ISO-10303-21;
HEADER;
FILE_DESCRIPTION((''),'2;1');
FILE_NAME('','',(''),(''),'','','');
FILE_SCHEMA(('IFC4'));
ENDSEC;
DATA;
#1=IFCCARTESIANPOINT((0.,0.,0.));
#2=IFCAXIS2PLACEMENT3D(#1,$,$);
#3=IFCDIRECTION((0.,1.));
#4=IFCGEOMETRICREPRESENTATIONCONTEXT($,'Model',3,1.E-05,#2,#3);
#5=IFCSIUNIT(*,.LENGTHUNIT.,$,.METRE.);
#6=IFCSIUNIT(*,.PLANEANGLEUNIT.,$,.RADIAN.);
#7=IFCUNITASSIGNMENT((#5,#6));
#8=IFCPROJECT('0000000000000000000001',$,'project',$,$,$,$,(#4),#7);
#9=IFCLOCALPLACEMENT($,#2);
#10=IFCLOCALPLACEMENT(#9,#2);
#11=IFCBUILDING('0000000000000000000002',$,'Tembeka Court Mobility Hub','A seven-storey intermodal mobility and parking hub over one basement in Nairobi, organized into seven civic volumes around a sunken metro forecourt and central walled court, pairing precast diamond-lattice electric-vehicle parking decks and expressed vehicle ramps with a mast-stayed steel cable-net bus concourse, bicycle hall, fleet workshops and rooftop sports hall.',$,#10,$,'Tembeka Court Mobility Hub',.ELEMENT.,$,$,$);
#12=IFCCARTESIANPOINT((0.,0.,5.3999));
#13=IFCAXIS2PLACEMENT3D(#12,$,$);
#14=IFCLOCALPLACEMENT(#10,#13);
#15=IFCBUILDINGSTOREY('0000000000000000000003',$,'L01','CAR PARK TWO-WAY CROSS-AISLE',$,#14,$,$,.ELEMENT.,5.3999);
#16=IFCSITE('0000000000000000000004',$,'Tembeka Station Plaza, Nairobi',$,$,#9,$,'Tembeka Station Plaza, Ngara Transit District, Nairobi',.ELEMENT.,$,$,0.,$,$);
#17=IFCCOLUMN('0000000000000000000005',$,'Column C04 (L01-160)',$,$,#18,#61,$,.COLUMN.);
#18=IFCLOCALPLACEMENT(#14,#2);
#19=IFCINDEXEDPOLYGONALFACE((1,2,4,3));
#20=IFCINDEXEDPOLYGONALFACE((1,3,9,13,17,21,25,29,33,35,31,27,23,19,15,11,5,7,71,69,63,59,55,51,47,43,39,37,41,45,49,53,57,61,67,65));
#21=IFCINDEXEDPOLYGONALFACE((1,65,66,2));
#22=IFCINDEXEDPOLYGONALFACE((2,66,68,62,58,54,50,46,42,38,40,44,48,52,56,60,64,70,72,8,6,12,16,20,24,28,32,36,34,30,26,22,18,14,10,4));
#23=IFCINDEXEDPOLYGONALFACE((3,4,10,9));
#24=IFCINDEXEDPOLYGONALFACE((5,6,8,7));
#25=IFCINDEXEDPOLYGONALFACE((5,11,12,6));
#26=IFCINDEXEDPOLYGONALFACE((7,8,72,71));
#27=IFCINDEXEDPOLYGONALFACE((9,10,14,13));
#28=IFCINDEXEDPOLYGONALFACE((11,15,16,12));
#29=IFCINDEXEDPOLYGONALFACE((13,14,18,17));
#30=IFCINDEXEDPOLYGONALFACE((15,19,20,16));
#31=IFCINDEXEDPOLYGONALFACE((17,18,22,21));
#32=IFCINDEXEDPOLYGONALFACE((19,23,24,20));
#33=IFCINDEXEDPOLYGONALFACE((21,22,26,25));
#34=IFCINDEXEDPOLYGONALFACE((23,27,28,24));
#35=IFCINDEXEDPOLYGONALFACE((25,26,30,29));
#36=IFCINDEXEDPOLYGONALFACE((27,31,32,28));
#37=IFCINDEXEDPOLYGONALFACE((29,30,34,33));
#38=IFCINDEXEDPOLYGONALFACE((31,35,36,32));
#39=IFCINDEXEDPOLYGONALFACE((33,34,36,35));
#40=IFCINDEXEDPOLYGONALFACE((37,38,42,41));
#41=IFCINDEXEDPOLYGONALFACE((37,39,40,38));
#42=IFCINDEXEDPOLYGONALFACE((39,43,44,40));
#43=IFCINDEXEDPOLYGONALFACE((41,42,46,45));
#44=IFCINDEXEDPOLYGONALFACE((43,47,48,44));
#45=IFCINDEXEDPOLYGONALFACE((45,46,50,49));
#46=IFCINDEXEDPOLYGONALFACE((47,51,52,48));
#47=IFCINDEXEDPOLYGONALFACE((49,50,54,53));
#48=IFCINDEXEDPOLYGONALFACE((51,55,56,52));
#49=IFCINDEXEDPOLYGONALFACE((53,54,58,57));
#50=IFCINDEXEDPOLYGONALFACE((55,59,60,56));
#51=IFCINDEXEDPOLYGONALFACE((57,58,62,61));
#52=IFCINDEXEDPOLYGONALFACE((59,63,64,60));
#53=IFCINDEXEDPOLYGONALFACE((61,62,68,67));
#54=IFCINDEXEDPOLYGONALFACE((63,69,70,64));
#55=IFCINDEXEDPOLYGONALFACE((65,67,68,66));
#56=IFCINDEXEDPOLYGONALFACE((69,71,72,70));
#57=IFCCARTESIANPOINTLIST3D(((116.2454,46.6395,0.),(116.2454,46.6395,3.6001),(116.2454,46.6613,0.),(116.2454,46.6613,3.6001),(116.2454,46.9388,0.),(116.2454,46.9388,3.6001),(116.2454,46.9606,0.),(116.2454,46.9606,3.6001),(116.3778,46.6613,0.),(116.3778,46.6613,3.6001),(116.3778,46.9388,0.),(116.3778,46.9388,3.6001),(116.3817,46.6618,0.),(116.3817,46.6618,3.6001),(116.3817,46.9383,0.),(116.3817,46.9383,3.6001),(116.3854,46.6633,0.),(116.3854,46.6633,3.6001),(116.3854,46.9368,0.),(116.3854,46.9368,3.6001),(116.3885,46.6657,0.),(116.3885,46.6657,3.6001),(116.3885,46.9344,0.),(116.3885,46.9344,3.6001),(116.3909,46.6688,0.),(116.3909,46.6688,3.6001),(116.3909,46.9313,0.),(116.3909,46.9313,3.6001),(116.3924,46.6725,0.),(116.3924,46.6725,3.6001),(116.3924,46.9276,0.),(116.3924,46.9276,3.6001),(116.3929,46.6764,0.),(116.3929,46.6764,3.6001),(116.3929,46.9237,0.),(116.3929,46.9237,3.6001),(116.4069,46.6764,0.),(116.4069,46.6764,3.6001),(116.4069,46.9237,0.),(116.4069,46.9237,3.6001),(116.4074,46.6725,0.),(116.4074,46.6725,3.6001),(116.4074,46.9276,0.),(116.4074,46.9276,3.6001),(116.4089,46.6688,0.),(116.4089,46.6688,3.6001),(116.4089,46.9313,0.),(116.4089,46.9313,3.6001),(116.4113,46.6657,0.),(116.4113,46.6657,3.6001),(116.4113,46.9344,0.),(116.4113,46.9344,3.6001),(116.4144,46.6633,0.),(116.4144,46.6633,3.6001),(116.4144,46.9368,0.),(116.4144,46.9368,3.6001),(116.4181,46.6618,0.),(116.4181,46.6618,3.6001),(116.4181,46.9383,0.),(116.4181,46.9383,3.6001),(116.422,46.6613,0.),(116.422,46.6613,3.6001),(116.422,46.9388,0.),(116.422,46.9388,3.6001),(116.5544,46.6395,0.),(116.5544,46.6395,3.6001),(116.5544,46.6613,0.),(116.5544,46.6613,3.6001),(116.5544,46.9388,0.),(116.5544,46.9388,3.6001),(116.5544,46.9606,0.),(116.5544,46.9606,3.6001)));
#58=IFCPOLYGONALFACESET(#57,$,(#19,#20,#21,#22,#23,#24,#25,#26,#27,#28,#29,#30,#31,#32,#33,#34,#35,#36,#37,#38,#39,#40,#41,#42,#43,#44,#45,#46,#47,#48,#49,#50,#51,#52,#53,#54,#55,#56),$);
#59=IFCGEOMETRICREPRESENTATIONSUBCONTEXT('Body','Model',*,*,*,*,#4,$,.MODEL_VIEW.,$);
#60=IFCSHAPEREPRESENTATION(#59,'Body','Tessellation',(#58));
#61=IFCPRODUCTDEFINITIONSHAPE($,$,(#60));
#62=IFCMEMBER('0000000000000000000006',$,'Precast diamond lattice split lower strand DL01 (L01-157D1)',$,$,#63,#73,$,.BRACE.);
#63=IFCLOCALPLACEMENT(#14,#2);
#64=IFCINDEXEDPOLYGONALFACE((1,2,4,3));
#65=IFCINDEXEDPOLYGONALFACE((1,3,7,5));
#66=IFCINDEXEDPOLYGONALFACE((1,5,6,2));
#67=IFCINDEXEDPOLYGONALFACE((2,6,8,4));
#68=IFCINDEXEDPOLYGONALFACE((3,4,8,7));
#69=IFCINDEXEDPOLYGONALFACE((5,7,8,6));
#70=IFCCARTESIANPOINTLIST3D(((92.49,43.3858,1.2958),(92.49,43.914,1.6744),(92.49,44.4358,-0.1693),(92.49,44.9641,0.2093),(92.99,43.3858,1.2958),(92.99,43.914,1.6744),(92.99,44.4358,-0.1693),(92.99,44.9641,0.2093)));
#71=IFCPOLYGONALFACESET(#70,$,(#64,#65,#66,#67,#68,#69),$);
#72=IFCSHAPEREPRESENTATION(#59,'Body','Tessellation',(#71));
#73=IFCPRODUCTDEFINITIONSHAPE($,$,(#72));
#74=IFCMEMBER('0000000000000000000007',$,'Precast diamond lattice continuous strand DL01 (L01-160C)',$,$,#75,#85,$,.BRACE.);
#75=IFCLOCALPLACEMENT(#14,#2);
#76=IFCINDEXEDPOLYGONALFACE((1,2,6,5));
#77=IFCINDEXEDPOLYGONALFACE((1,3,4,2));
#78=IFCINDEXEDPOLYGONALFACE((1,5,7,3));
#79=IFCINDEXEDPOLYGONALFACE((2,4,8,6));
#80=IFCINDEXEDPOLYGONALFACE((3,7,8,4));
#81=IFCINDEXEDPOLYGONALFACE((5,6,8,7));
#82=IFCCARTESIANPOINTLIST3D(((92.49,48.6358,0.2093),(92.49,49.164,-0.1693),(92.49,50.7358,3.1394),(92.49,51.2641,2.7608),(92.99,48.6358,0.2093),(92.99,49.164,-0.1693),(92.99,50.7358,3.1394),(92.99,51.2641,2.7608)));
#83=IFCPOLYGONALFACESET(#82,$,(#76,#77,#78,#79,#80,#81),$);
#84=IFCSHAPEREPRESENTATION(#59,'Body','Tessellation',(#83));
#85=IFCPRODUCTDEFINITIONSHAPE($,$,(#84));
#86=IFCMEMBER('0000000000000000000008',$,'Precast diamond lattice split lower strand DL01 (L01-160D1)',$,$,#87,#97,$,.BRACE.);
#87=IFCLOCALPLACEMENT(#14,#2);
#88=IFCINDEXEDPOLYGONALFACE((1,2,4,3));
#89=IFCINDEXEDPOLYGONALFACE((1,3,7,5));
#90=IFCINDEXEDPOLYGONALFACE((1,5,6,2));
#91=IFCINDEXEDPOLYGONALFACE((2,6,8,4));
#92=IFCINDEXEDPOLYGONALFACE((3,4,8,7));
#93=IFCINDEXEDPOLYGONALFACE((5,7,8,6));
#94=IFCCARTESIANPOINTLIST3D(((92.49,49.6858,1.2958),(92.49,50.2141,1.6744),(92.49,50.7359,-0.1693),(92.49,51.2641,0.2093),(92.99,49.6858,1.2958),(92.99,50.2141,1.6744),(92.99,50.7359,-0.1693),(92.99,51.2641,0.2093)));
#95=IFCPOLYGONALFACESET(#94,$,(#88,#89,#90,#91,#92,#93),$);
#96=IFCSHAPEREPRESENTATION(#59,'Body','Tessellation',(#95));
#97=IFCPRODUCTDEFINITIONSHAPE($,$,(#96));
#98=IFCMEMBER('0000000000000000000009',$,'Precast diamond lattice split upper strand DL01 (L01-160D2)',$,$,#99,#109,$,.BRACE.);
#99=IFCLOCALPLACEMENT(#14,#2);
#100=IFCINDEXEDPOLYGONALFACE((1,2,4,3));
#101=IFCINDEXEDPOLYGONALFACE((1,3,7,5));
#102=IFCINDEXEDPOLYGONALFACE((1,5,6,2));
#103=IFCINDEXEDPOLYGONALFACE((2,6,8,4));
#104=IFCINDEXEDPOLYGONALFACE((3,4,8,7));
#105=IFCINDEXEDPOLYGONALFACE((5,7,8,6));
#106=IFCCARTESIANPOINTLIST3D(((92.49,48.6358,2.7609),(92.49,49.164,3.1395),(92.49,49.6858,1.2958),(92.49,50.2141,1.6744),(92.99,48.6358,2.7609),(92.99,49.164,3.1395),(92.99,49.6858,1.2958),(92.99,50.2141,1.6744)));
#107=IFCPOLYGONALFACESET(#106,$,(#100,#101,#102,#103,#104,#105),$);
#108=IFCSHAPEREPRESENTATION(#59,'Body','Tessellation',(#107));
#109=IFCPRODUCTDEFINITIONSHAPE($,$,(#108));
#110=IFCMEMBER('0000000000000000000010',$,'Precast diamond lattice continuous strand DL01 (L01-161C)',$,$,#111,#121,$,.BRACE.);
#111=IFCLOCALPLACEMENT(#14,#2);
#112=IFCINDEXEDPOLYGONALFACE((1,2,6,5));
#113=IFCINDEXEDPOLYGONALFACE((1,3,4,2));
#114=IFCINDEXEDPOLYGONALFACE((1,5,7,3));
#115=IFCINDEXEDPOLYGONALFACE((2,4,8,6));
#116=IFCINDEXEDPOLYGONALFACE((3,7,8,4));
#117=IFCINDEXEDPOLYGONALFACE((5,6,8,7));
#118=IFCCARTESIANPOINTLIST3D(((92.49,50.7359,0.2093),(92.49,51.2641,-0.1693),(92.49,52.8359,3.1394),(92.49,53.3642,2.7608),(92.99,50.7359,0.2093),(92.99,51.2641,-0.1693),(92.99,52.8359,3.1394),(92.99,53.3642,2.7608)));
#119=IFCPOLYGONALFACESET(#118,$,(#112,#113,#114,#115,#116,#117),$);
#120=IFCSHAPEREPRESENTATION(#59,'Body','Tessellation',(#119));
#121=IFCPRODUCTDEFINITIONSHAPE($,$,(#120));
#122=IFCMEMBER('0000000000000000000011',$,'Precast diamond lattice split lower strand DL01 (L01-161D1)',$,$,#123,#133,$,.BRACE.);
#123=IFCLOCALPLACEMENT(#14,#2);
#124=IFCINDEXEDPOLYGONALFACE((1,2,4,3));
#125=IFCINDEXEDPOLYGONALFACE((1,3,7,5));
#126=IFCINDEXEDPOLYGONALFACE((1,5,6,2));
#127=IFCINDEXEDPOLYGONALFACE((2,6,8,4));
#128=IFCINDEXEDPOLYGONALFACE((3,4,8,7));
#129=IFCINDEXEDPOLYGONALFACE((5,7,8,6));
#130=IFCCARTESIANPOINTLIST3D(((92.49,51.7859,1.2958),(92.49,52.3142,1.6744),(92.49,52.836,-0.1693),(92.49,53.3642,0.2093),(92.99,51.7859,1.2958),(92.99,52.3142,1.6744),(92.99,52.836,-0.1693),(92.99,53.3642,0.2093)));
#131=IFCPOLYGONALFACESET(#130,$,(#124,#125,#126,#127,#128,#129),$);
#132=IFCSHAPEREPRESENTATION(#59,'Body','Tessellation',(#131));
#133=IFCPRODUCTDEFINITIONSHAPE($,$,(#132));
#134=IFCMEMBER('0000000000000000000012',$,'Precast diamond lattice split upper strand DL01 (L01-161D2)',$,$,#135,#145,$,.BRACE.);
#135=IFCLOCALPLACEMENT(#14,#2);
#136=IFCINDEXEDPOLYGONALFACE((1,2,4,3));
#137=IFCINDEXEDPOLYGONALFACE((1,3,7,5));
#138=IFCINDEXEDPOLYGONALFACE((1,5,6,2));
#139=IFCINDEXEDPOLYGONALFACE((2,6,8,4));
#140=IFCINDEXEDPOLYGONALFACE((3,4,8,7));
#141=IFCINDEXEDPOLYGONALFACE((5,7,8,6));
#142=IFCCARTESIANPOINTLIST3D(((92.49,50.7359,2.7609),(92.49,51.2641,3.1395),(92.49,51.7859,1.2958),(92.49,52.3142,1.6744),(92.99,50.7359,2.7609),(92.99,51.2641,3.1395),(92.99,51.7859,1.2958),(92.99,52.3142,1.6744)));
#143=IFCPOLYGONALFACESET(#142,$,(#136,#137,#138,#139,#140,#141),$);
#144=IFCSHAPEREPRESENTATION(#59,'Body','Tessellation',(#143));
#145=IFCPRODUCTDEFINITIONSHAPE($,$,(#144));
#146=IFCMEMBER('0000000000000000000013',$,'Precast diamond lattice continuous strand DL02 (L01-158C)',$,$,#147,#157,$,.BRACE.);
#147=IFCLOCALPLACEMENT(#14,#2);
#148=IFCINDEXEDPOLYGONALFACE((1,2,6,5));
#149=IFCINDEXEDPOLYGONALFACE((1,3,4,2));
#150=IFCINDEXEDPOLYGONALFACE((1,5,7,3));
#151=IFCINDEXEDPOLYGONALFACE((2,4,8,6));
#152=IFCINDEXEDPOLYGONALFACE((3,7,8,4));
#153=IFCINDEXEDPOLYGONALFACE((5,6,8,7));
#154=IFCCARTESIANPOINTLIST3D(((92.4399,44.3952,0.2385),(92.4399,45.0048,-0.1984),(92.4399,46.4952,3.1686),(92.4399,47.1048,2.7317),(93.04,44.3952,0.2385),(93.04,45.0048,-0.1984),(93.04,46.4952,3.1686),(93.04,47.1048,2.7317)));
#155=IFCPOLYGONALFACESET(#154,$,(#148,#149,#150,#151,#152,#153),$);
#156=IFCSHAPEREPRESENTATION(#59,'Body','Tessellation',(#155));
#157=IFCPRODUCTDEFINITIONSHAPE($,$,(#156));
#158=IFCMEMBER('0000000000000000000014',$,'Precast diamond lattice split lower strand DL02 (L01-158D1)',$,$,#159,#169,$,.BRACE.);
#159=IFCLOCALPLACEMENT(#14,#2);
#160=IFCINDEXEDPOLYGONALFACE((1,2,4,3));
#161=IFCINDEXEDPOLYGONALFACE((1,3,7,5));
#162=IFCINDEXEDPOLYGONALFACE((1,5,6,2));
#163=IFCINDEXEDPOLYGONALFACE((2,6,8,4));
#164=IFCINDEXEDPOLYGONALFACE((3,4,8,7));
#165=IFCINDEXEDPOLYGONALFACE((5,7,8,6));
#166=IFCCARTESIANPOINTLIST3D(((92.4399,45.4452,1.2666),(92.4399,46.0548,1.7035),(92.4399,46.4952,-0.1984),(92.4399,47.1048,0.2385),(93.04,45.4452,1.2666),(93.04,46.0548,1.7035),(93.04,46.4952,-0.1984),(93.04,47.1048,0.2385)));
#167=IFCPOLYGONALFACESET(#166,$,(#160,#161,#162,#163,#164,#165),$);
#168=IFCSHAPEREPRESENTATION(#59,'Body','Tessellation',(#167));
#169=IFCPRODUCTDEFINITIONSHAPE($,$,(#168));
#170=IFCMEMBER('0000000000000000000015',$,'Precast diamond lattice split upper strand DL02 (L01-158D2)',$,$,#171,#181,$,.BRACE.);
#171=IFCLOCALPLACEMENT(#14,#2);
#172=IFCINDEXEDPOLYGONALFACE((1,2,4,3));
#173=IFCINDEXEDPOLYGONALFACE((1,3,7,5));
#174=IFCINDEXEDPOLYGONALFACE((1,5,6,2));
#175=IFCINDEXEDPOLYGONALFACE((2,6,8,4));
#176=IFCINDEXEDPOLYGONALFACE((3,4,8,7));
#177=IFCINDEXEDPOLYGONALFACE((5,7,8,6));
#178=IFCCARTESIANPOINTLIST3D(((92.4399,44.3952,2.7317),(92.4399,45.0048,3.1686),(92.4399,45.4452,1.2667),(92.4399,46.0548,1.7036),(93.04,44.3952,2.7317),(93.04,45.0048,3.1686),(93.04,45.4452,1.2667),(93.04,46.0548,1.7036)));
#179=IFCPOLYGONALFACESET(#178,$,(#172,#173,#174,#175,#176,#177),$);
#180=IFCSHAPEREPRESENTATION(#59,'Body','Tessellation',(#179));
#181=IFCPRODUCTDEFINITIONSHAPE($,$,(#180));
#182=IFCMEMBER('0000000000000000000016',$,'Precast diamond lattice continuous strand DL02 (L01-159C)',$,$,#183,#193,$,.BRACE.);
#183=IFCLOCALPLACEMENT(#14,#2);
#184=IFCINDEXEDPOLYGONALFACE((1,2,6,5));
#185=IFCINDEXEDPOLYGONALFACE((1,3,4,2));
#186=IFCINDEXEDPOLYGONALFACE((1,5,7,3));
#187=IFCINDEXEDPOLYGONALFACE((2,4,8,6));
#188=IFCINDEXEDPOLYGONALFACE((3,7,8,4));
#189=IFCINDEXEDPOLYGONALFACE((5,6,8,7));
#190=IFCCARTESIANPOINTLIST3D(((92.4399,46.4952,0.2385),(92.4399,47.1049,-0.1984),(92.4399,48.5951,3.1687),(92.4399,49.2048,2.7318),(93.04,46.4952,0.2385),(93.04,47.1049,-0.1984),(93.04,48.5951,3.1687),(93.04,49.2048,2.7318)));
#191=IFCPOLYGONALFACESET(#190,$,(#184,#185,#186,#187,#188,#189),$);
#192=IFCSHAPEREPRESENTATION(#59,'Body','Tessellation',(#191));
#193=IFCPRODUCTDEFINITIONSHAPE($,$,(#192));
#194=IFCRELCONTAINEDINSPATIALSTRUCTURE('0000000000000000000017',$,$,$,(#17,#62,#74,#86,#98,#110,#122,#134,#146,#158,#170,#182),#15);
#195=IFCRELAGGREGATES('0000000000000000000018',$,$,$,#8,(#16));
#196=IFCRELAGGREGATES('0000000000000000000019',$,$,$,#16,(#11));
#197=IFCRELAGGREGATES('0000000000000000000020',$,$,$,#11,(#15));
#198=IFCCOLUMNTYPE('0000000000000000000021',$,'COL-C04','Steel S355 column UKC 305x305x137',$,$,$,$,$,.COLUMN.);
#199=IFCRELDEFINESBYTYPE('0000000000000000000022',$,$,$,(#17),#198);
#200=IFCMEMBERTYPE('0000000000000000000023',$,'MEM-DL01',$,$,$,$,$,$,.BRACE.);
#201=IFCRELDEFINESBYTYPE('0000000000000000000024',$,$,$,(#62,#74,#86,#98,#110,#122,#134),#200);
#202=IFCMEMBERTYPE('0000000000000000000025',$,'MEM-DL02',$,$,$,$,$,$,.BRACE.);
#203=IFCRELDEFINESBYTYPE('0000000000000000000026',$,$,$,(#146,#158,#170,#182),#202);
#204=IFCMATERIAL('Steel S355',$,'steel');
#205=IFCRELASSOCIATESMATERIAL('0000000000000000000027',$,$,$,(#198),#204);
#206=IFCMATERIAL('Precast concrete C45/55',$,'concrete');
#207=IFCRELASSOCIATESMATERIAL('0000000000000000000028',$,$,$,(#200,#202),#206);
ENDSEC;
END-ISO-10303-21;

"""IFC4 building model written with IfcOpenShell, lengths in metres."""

from ifc_helpers import new_model, si_unit, direction, frame, origin, origin_2d, place, context, subcontext, project, spatial, rectangle, i_section, extrude, material, material_profile, profile_set, type_object, element, save


model = new_model("IFC4")

# Units and contexts
model_context = context("Model", 3, precision=1e-05, world=origin(), true_north=direction((0.0, 1.0)))
body_context = subcontext(model_context, "Body", "Model", "MODEL_VIEW")
ifc_project = project(units=[si_unit("LENGTHUNIT", "METRE"), si_unit("PLANEANGLEUNIT", "RADIAN")], contexts=[model_context])

# Site, building, storey
site_placement = place(None, origin())
site = spatial("IfcSite", under=ifc_project, at=site_placement, Name="Tembeka Station Plaza, Nairobi", LongName="Tembeka Station Plaza, Ngara Transit District, Nairobi", CompositionType="ELEMENT", RefElevation=0.0)
building_placement = place(site_placement, origin())
building = spatial("IfcBuilding", under=site, at=building_placement, Name="Tembeka Court Mobility Hub", Description="A seven-storey intermodal mobility and parking hub over one basement in Nairobi, organized into seven civic volumes around a sunken metro forecourt and central walled court, pairing precast diamond-lattice electric-vehicle parking decks and expressed vehicle ramps with a mast-stayed steel cable-net bus concourse, bicycle hall, fleet workshops and rooftop sports hall.", LongName="Tembeka Court Mobility Hub", CompositionType="ELEMENT")
storey_placement = place(building_placement, frame((0.0, 0.0, 5.3999)))
storey = spatial("IfcBuildingStorey", under=building, at=storey_placement, Name="L01", Description="CAR PARK TWO-WAY CROSS-AISLE", CompositionType="ELEMENT", Elevation=5.3999)

# Column
ifc_material_1 = material(Name="Steel S355", Category="steel")
ifc_material_profile_1 = material_profile(ifc_material_1, i_section(OverallWidth=0.3091, OverallDepth=0.321, WebThickness=0.0139, FlangeThickness=0.0217, FilletRadius=0.0151, at=origin_2d()), Name="UKC 305x305x137")
ifc_profile_set_1 = profile_set([ifc_material_profile_1], Name="Steel S355")
column_type = type_object("IfcColumnType", Name="COL-C04", Description="Steel S355 column UKC 305x305x137", PredefinedType="COLUMN", material=ifc_profile_set_1)
column_placement = place(storey_placement, frame((116.3999, 46.8, 0.0), z_axis=(0.0, 0.0, 1.0), x_axis=(1.0, 0.0, 0.0)))
element("IfcColumn", 1, at=column_placement, inside=storey, type_object=column_type, Name="Column C04 (L01-160)", PredefinedType="COLUMN", context=body_context, shape_type="SweptSolid", body=[
    extrude(i_section(OverallWidth=0.3091, OverallDepth=0.321, WebThickness=0.0139, FlangeThickness=0.0217, FilletRadius=0.0151, at=origin_2d()), origin(), (0.0, 0.0, 1.0), 3.6001),
])

# Members
ifc_material_2 = material(Name="Precast concrete C45/55", Category="concrete")
ifc_material_profile_2 = material_profile(ifc_material_2, rectangle(XDim=0.5, YDim=0.6499, at=origin_2d()), Name="PC-DIAG 500x650")
ifc_profile_set_2 = profile_set([ifc_material_profile_2], Name="Precast concrete C45/55")
member_type_1 = type_object("IfcMemberType", Name="MEM-DL01", PredefinedType="BRACE", material=ifc_profile_set_2)
member_1_placement = place(storey_placement, frame((92.74, 44.7, 0.02), z_axis=(0.0, -0.582544, 0.812799), x_axis=(1.0, 0.0, 0.0)))
element("IfcMember", 2, at=member_1_placement, inside=storey, type_object=member_type_1, Name="Precast diamond lattice split lower strand DL01 (L01-157D1)", PredefinedType="BRACE", context=body_context, shape_type="SweptSolid", body=[
    extrude(rectangle(XDim=0.5, YDim=0.6499, at=origin_2d()), origin(), (0.0, 0.0, 1.0), 1.8025),
])
member_2_placement = place(storey_placement, frame((92.74, 48.8999, 0.02), z_axis=(0.0, 0.582544, 0.812799), x_axis=(-1.0, 0.0, 0.0)))
element("IfcMember", 3, at=member_2_placement, inside=storey, type_object=member_type_1, Name="Precast diamond lattice continuous strand DL01 (L01-160C)", PredefinedType="BRACE", context=body_context, shape_type="SweptSolid", body=[
    extrude(rectangle(XDim=0.5, YDim=0.6499, at=origin_2d()), origin(), (0.0, 0.0, 1.0), 3.605),
])
for number, where, z_axis, x_axis, name in (
    (4, (92.74, 51.0, 0.02), (0.0, -0.582544, 0.812799), (1.0, 0.0, 0.0), "Precast diamond lattice split lower strand DL01 (L01-160D1)"),
    (5, (92.74, 49.95, 1.4851), (0.0, -0.582544, 0.812799), (1.0, 0.0, 0.0), "Precast diamond lattice split upper strand DL01 (L01-160D2)"),
):
    element("IfcMember", number, at=place(storey_placement, frame(where, z_axis=z_axis, x_axis=x_axis)), inside=storey, type_object=member_type_1, Name=name, PredefinedType="BRACE", context=body_context, shape_type="SweptSolid", body=[
        extrude(rectangle(XDim=0.5, YDim=0.6499, at=origin_2d()), origin(), (0.0, 0.0, 1.0), 1.8025),
    ])
member_3_placement = place(storey_placement, frame((92.74, 51.0, 0.02), z_axis=(0.0, 0.582544, 0.812799), x_axis=(-1.0, 0.0, 0.0)))
element("IfcMember", 6, at=member_3_placement, inside=storey, type_object=member_type_1, Name="Precast diamond lattice continuous strand DL01 (L01-161C)", PredefinedType="BRACE", context=body_context, shape_type="SweptSolid", body=[
    extrude(rectangle(XDim=0.5, YDim=0.6499, at=origin_2d()), origin(), (0.0, 0.0, 1.0), 3.605),
])
for number, where, z_axis, x_axis, name in (
    (7, (92.74, 53.1001, 0.02), (0.0, -0.582544, 0.812799), (1.0, 0.0, 0.0), "Precast diamond lattice split lower strand DL01 (L01-161D1)"),
    (8, (92.74, 52.05, 1.4851), (0.0, -0.582544, 0.812799), (1.0, 0.0, 0.0), "Precast diamond lattice split upper strand DL01 (L01-161D2)"),
):
    element("IfcMember", number, at=place(storey_placement, frame(where, z_axis=z_axis, x_axis=x_axis)), inside=storey, type_object=member_type_1, Name=name, PredefinedType="BRACE", context=body_context, shape_type="SweptSolid", body=[
        extrude(rectangle(XDim=0.5, YDim=0.6499, at=origin_2d()), origin(), (0.0, 0.0, 1.0), 1.8025),
    ])
ifc_material_profile_3 = material_profile(ifc_material_2, rectangle(XDim=0.6001, YDim=0.75, at=origin_2d()), Name="PC-DIAG 600x750")
ifc_profile_set_3 = profile_set([ifc_material_profile_3], Name="Precast concrete C45/55")
member_type_2 = type_object("IfcMemberType", Name="MEM-DL02", PredefinedType="BRACE", material=ifc_profile_set_3)
member_4_placement = place(storey_placement, frame((92.74, 44.7, 0.02), z_axis=(0.0, 0.582544, 0.812799), x_axis=(-1.0, 0.0, 0.0)))
element("IfcMember", 9, at=member_4_placement, inside=storey, type_object=member_type_2, Name="Precast diamond lattice continuous strand DL02 (L01-158C)", PredefinedType="BRACE", context=body_context, shape_type="SweptSolid", body=[
    extrude(rectangle(XDim=0.6001, YDim=0.75, at=origin_2d()), origin(), (0.0, 0.0, 1.0), 3.605),
])
for number, where, z_axis, x_axis, name in (
    (10, (92.74, 46.8, 0.02), (0.0, -0.582544, 0.812799), (1.0, 0.0, 0.0), "Precast diamond lattice split lower strand DL02 (L01-158D1)"),
    (11, (92.74, 45.75, 1.4851), (0.0, -0.582544, 0.812799), (1.0, 0.0, 0.0), "Precast diamond lattice split upper strand DL02 (L01-158D2)"),
):
    element("IfcMember", number, at=place(storey_placement, frame(where, z_axis=z_axis, x_axis=x_axis)), inside=storey, type_object=member_type_2, Name=name, PredefinedType="BRACE", context=body_context, shape_type="SweptSolid", body=[
        extrude(rectangle(XDim=0.6001, YDim=0.75, at=origin_2d()), origin(), (0.0, 0.0, 1.0), 1.8025),
    ])
member_5_placement = place(storey_placement, frame((92.74, 46.8, 0.02), z_axis=(0.0, 0.5825, 0.812831), x_axis=(-1.0, 0.0, 0.0)))
element("IfcMember", 12, at=member_5_placement, inside=storey, type_object=member_type_2, Name="Precast diamond lattice continuous strand DL02 (L01-159C)", PredefinedType="BRACE", context=body_context, shape_type="SweptSolid", body=[
    extrude(rectangle(XDim=0.6001, YDim=0.75, at=origin_2d()), origin(), (0.0, 0.0, 1.0), 3.605),
])

save(model, "model.ifc")
